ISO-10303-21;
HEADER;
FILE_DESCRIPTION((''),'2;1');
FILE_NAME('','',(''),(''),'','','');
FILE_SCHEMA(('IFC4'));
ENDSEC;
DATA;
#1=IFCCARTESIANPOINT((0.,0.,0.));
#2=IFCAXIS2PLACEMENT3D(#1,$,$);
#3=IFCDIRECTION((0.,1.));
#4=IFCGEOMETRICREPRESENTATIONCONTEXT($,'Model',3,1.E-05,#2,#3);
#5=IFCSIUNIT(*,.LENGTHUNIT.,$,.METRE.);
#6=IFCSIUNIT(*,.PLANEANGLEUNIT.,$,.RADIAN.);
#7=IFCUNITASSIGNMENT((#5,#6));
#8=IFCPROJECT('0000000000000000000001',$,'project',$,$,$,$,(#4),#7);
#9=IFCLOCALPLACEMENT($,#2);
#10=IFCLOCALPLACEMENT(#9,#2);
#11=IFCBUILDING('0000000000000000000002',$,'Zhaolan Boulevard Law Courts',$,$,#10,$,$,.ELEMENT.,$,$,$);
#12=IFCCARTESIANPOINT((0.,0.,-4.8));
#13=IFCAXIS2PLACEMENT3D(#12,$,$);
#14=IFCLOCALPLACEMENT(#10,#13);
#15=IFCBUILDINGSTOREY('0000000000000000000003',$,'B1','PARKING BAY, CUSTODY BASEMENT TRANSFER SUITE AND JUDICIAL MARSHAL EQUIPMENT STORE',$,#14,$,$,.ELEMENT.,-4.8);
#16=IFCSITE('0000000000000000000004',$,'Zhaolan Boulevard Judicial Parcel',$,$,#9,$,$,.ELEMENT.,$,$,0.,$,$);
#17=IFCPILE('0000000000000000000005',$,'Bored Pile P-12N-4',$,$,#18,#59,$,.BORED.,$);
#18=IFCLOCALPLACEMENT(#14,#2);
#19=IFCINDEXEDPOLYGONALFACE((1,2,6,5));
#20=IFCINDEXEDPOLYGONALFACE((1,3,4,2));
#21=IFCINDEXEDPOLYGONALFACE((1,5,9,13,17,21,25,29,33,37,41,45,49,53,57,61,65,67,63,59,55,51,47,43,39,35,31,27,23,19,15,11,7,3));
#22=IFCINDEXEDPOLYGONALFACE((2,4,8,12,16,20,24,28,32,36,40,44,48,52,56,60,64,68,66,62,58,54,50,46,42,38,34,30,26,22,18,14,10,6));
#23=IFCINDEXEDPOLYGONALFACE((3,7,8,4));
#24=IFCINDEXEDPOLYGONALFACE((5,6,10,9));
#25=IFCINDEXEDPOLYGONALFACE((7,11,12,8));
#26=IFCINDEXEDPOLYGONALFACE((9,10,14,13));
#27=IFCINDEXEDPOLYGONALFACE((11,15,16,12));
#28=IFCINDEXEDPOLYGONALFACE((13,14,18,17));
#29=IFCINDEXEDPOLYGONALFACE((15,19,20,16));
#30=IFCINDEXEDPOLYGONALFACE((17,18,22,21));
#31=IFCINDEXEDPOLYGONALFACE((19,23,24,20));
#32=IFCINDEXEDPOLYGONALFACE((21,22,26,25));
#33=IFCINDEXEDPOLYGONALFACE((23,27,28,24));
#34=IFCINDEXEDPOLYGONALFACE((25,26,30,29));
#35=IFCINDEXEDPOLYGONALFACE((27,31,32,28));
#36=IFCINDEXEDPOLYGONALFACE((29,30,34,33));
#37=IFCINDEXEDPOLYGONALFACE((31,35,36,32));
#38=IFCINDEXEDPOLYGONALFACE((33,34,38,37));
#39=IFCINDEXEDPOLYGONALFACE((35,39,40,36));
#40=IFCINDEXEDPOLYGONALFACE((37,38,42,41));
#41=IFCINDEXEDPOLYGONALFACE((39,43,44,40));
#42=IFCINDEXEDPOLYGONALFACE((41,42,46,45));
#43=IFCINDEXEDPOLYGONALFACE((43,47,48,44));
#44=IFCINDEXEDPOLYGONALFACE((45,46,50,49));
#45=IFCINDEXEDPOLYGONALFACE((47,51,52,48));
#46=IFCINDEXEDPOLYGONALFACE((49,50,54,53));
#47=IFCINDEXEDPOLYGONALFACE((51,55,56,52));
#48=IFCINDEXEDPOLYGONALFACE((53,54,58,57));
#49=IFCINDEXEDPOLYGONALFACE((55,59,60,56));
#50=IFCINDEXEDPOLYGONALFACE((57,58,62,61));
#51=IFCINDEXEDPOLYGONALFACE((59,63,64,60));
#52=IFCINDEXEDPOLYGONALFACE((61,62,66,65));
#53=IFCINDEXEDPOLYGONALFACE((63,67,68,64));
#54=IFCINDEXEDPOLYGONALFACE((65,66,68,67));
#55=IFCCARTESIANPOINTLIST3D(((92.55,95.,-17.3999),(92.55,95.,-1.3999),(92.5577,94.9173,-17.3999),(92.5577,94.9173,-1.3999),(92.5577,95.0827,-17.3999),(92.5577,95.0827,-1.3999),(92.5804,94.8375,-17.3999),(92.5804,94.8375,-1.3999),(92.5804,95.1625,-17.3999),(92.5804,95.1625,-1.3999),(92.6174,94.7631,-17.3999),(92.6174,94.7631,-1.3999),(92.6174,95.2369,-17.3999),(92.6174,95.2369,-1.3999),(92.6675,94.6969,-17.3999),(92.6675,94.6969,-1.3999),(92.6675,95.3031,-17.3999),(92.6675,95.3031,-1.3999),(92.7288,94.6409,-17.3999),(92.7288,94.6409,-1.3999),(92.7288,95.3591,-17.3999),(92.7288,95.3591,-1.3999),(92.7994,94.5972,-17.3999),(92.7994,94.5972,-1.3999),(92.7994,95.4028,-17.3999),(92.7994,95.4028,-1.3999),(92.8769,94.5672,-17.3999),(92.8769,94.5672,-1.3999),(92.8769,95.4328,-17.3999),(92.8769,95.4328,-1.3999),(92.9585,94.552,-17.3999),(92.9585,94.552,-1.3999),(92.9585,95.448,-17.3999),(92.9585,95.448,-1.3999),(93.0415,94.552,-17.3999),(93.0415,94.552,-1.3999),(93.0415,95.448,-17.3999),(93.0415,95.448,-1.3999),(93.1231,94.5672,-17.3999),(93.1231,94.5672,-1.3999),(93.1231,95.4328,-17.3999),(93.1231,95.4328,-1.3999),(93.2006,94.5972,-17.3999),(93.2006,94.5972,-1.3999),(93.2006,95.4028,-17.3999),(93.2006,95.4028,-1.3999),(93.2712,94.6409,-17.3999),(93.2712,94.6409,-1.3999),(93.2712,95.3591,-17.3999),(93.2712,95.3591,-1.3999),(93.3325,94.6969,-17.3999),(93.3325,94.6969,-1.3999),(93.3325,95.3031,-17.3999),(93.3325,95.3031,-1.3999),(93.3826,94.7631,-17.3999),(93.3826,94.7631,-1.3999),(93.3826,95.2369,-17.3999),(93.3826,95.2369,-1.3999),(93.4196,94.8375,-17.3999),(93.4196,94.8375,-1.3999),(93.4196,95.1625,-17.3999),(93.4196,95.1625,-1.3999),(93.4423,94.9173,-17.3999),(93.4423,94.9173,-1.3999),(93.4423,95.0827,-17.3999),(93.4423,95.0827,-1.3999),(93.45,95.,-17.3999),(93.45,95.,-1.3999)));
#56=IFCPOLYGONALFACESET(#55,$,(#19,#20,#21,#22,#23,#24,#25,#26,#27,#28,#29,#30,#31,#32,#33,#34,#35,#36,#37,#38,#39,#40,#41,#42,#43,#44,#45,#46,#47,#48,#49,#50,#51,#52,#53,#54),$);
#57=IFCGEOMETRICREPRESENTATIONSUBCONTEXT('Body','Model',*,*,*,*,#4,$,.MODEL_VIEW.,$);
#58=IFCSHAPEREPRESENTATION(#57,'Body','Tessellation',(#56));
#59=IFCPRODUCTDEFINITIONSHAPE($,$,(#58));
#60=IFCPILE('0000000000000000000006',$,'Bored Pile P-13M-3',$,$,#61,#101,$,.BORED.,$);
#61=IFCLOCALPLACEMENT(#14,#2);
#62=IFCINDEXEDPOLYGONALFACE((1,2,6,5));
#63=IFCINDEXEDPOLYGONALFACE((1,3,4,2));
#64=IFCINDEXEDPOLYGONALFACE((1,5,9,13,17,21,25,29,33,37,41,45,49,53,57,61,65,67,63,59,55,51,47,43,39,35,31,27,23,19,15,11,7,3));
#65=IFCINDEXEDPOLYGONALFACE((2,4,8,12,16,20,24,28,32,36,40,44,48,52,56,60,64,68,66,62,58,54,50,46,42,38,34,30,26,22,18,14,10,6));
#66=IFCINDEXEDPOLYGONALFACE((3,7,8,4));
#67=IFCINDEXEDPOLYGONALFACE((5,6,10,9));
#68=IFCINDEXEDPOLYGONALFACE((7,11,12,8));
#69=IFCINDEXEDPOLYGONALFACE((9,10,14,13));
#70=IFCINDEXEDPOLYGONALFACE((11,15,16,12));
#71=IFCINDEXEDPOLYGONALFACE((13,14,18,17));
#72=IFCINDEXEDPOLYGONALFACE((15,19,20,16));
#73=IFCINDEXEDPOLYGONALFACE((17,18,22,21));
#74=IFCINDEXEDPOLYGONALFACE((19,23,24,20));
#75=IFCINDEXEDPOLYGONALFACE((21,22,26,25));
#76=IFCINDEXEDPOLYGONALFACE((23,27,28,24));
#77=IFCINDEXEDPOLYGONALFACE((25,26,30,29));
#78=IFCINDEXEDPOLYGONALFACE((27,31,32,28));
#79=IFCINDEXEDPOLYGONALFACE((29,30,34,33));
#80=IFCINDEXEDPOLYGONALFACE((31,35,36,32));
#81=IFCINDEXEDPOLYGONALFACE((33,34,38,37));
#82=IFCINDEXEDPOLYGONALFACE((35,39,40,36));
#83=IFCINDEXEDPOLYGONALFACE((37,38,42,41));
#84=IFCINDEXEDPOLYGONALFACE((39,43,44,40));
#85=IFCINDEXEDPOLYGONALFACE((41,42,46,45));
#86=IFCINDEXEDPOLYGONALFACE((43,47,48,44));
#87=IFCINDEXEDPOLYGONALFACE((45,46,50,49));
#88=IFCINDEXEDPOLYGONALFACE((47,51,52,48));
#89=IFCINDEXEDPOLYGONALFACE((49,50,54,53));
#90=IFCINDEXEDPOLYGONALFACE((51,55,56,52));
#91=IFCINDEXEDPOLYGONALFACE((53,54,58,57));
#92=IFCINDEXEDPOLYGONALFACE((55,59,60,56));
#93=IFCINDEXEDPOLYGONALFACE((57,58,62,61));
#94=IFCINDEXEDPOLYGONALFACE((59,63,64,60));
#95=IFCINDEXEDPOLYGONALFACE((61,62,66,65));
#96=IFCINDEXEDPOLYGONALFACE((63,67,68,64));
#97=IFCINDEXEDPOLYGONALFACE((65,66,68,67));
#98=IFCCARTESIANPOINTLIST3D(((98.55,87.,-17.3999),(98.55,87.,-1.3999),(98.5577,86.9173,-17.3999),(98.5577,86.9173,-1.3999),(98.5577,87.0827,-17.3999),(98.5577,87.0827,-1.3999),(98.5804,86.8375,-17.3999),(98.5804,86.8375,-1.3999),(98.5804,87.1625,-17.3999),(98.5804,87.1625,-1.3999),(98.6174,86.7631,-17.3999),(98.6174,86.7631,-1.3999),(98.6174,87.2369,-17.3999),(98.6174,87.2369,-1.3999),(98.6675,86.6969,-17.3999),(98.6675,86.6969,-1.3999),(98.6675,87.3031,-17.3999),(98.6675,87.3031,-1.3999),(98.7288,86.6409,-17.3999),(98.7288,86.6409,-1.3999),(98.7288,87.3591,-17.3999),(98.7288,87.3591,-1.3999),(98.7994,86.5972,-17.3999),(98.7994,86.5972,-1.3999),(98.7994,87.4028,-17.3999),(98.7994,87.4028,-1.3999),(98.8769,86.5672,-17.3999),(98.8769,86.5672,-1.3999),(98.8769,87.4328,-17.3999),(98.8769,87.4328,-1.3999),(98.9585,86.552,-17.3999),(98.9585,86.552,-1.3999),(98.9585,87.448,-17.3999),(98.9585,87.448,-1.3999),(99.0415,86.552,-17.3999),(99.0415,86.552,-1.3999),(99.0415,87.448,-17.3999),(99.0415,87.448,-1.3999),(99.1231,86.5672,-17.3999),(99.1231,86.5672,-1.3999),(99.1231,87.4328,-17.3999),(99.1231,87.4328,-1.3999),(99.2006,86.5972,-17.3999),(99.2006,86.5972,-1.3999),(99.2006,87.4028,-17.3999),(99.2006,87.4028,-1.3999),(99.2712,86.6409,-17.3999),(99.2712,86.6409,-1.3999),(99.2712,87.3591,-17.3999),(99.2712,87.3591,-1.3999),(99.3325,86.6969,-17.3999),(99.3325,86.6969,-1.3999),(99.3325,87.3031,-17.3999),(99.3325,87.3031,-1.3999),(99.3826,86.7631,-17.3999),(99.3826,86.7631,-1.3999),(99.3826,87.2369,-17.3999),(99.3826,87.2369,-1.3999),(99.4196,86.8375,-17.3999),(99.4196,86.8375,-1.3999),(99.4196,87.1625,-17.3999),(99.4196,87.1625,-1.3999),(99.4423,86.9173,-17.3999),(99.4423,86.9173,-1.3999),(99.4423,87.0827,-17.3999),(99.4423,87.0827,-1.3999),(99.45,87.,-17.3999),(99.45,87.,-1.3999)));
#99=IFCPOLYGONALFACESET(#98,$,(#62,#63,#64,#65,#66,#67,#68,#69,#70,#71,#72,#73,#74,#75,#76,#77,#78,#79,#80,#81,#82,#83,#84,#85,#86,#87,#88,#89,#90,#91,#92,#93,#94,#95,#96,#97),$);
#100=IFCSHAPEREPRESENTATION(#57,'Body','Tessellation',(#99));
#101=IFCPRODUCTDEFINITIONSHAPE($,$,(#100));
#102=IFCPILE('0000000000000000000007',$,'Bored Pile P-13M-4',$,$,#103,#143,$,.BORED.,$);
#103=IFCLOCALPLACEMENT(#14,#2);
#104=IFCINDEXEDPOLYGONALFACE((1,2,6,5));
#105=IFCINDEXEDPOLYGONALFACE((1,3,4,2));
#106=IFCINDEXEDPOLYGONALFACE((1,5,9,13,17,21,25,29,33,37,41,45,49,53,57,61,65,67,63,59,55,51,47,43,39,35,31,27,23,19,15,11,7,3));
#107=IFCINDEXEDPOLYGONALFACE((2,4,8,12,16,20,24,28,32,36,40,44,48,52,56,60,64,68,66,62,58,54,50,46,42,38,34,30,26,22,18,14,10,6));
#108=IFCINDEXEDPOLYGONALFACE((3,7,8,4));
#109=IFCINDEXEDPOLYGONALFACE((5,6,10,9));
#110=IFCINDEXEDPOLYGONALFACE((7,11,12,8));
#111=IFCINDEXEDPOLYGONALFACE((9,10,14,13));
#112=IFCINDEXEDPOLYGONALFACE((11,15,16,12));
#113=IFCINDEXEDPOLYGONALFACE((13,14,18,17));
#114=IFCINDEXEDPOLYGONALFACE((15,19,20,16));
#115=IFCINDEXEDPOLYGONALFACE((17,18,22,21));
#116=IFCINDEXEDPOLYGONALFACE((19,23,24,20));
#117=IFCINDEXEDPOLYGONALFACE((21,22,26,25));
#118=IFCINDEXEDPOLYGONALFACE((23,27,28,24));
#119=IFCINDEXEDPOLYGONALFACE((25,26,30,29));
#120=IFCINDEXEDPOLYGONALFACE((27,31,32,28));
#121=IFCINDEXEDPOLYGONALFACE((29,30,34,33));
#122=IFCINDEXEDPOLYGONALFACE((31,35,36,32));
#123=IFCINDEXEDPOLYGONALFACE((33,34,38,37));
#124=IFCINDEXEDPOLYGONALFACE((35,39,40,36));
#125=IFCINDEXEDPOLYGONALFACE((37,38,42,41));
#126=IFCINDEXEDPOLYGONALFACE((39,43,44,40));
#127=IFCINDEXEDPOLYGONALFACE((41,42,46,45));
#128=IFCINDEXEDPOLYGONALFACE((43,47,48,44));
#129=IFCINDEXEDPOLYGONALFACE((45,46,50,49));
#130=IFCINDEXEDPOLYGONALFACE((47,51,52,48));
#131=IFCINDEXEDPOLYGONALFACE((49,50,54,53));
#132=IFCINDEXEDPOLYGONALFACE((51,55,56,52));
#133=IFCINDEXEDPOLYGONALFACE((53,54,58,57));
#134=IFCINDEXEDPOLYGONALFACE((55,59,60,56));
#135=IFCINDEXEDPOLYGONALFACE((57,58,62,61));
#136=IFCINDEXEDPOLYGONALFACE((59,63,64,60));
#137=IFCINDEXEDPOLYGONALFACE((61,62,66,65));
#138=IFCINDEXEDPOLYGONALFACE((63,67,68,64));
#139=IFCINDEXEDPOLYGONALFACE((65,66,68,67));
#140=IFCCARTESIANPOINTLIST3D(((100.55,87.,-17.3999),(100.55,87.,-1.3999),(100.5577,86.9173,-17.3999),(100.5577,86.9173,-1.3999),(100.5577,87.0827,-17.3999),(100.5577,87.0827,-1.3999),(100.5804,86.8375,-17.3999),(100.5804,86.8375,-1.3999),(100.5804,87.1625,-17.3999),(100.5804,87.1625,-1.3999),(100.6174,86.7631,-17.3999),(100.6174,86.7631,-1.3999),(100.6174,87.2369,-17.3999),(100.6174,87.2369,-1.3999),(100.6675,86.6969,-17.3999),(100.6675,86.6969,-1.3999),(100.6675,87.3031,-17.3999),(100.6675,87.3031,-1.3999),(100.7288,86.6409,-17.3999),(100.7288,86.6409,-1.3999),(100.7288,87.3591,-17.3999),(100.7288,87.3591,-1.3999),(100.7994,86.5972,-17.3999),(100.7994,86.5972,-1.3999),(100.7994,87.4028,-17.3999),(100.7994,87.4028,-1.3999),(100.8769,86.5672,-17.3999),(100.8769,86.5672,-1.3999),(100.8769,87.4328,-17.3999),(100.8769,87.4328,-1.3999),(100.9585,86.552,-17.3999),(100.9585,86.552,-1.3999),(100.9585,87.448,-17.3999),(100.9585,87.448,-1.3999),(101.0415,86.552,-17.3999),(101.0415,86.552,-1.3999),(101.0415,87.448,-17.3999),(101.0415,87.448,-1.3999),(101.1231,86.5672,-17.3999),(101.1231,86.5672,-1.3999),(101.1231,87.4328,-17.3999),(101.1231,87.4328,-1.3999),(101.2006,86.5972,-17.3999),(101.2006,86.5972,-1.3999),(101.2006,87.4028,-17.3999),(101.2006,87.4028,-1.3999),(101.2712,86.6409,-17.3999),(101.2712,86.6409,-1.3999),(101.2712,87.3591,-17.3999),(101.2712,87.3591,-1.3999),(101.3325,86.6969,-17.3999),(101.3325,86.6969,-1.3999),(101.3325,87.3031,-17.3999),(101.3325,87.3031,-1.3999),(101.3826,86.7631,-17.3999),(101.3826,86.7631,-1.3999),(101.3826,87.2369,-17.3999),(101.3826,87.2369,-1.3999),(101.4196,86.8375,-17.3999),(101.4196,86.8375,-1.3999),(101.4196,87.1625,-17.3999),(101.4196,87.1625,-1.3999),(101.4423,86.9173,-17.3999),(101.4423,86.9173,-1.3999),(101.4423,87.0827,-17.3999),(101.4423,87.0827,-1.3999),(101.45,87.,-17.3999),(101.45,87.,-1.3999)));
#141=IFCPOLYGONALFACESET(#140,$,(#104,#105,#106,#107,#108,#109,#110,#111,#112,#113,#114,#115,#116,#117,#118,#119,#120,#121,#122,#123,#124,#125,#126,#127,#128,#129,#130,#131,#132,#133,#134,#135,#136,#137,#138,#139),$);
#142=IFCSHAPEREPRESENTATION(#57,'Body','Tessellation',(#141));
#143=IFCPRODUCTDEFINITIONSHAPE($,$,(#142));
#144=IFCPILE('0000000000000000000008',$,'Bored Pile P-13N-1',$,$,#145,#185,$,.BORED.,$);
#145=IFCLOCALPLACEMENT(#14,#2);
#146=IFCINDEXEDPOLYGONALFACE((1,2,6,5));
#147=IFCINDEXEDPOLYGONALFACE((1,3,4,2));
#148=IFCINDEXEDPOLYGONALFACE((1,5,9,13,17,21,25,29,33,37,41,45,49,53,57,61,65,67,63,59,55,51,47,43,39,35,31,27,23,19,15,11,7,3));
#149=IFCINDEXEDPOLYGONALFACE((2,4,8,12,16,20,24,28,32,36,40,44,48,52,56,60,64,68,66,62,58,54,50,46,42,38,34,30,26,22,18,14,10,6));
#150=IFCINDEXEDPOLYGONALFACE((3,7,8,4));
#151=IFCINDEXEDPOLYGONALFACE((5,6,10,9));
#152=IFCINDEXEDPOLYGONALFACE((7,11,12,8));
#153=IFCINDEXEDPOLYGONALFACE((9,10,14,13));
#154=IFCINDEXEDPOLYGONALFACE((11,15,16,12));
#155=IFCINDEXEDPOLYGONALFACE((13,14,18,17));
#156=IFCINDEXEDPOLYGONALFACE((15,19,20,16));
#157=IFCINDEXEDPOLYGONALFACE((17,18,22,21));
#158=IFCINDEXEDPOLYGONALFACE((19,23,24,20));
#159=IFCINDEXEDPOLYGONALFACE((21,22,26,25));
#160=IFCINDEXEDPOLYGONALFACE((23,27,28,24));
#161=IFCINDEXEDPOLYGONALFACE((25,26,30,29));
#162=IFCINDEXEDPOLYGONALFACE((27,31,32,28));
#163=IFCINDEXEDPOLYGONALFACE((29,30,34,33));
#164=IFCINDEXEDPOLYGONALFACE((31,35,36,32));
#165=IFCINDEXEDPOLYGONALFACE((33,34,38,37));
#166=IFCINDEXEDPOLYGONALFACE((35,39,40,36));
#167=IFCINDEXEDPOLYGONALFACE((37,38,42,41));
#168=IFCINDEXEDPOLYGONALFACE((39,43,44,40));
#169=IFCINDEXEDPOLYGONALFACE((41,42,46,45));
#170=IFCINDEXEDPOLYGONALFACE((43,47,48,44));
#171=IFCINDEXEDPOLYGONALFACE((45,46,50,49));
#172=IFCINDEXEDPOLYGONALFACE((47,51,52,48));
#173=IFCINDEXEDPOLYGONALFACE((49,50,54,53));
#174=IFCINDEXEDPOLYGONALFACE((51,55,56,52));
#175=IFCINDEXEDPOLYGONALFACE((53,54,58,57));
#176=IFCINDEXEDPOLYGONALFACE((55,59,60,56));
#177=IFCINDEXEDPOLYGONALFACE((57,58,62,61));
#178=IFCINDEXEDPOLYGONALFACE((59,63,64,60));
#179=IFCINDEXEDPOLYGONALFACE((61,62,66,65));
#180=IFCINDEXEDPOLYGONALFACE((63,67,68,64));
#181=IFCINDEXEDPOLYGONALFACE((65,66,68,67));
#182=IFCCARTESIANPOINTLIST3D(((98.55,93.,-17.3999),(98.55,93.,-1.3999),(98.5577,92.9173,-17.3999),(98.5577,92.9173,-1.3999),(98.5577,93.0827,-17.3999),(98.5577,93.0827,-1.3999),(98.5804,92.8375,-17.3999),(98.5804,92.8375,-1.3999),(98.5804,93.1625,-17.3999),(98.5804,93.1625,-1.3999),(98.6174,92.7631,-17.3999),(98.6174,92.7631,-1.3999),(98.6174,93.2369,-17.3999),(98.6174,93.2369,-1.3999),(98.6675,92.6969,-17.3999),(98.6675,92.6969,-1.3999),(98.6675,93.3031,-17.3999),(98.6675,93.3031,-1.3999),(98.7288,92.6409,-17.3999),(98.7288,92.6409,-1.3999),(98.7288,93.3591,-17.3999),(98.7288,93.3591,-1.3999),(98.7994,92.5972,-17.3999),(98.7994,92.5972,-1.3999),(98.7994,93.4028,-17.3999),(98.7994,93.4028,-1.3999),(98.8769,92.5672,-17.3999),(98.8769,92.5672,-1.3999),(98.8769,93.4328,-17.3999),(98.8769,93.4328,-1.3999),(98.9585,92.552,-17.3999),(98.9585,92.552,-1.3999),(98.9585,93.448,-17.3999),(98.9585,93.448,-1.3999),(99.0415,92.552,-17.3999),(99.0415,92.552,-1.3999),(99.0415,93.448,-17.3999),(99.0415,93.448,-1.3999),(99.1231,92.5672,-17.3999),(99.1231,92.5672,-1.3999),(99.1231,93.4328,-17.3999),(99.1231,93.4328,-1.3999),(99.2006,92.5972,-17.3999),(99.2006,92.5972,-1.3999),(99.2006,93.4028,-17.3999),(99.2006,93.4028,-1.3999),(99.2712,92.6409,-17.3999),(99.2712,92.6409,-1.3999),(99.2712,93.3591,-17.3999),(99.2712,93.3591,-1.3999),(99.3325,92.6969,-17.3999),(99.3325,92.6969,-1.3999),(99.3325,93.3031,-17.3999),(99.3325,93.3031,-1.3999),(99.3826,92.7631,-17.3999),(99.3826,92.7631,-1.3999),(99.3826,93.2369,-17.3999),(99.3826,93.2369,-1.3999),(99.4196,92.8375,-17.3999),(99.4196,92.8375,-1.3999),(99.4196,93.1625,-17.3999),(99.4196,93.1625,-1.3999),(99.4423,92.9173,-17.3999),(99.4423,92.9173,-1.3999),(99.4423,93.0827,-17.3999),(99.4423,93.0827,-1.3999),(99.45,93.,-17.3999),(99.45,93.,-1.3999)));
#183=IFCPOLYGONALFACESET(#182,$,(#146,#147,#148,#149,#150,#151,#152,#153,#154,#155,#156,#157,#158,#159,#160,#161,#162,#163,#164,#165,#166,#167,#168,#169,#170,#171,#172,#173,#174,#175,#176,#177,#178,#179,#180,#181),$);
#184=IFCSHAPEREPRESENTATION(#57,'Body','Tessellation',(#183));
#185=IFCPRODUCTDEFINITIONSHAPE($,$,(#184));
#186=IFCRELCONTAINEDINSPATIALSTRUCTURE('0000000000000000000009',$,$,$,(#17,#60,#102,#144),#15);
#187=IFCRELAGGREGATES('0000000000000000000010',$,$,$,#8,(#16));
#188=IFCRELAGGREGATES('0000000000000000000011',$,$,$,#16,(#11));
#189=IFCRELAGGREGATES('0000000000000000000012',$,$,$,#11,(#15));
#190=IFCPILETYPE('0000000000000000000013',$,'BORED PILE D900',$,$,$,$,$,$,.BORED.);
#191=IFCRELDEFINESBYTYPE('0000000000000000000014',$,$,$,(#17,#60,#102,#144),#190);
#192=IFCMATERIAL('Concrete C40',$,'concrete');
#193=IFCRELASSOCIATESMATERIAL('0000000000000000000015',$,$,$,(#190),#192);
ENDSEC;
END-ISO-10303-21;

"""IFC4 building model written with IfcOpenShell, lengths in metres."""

from ifc_helpers import new_model, si_unit, direction, frame, origin, origin_2d, place, context, subcontext, project, spatial, circle, extrude, material, material_profile, profile_set, type_object, element, save


model = new_model("IFC4")

# Units and contexts
model_context = context("Model", 3, precision=1e-05, world=origin(), true_north=direction((0.0, 1.0)))
body_context = subcontext(model_context, "Body", "Model", "MODEL_VIEW")
ifc_project = project(units=[si_unit("LENGTHUNIT", "METRE"), si_unit("PLANEANGLEUNIT", "RADIAN")], contexts=[model_context])

# Site, building, storey
site_placement = place(None, origin())
site = spatial("IfcSite", under=ifc_project, at=site_placement, Name="Zhaolan Boulevard Judicial Parcel", CompositionType="ELEMENT", RefElevation=0.0)
building_placement = place(site_placement, origin())
building = spatial("IfcBuilding", under=site, at=building_placement, Name="Zhaolan Boulevard Law Courts", CompositionType="ELEMENT")
storey_placement = place(building_placement, frame((0.0, 0.0, -4.8)))
storey = spatial("IfcBuildingStorey", under=building, at=storey_placement, Name="B1", Description="PARKING BAY, CUSTODY BASEMENT TRANSFER SUITE AND JUDICIAL MARSHAL EQUIPMENT STORE", CompositionType="ELEMENT", Elevation=-4.8)

# Piles
ifc_material_1 = material(Name="Concrete C40", Category="concrete")
ifc_material_profile_1 = material_profile(ifc_material_1, circle(Radius=0.45, at=origin_2d()), Name="PILE-D900")
ifc_profile_set_1 = profile_set([ifc_material_profile_1], Name="Concrete C40")
pile_type_1 = type_object("IfcPileType", Name="BORED PILE D900", PredefinedType="BORED", material=ifc_profile_set_1)
for number, where, z_axis, x_axis, name in (
    (1, (93.0, 95.0, -1.3999), (0.0, 0.0, -1.0), (1.0, 0.0, 0.0), "Bored Pile P-12N-4"),
    (2, (99.0, 87.0, -1.3999), (0.0, 0.0, -1.0), (1.0, 0.0, 0.0), "Bored Pile P-13M-3"),
    (3, (101.0, 87.0, -1.3999), (0.0, 0.0, -1.0), (1.0, 0.0, 0.0), "Bored Pile P-13M-4"),
    (4, (99.0, 93.0, -1.3999), (0.0, 0.0, -1.0), (1.0, 0.0, 0.0), "Bored Pile P-13N-1"),
):
    element("IfcPile", number, at=place(storey_placement, frame(where, z_axis=z_axis, x_axis=x_axis)), inside=storey, type_object=pile_type_1, Name=name, PredefinedType="BORED", context=body_context, shape_type="SweptSolid", body=[
        extrude(circle(Radius=0.45, at=origin_2d()), origin(), (0.0, 0.0, 1.0), 16.0),
    ])

save(model, "model.ifc")
